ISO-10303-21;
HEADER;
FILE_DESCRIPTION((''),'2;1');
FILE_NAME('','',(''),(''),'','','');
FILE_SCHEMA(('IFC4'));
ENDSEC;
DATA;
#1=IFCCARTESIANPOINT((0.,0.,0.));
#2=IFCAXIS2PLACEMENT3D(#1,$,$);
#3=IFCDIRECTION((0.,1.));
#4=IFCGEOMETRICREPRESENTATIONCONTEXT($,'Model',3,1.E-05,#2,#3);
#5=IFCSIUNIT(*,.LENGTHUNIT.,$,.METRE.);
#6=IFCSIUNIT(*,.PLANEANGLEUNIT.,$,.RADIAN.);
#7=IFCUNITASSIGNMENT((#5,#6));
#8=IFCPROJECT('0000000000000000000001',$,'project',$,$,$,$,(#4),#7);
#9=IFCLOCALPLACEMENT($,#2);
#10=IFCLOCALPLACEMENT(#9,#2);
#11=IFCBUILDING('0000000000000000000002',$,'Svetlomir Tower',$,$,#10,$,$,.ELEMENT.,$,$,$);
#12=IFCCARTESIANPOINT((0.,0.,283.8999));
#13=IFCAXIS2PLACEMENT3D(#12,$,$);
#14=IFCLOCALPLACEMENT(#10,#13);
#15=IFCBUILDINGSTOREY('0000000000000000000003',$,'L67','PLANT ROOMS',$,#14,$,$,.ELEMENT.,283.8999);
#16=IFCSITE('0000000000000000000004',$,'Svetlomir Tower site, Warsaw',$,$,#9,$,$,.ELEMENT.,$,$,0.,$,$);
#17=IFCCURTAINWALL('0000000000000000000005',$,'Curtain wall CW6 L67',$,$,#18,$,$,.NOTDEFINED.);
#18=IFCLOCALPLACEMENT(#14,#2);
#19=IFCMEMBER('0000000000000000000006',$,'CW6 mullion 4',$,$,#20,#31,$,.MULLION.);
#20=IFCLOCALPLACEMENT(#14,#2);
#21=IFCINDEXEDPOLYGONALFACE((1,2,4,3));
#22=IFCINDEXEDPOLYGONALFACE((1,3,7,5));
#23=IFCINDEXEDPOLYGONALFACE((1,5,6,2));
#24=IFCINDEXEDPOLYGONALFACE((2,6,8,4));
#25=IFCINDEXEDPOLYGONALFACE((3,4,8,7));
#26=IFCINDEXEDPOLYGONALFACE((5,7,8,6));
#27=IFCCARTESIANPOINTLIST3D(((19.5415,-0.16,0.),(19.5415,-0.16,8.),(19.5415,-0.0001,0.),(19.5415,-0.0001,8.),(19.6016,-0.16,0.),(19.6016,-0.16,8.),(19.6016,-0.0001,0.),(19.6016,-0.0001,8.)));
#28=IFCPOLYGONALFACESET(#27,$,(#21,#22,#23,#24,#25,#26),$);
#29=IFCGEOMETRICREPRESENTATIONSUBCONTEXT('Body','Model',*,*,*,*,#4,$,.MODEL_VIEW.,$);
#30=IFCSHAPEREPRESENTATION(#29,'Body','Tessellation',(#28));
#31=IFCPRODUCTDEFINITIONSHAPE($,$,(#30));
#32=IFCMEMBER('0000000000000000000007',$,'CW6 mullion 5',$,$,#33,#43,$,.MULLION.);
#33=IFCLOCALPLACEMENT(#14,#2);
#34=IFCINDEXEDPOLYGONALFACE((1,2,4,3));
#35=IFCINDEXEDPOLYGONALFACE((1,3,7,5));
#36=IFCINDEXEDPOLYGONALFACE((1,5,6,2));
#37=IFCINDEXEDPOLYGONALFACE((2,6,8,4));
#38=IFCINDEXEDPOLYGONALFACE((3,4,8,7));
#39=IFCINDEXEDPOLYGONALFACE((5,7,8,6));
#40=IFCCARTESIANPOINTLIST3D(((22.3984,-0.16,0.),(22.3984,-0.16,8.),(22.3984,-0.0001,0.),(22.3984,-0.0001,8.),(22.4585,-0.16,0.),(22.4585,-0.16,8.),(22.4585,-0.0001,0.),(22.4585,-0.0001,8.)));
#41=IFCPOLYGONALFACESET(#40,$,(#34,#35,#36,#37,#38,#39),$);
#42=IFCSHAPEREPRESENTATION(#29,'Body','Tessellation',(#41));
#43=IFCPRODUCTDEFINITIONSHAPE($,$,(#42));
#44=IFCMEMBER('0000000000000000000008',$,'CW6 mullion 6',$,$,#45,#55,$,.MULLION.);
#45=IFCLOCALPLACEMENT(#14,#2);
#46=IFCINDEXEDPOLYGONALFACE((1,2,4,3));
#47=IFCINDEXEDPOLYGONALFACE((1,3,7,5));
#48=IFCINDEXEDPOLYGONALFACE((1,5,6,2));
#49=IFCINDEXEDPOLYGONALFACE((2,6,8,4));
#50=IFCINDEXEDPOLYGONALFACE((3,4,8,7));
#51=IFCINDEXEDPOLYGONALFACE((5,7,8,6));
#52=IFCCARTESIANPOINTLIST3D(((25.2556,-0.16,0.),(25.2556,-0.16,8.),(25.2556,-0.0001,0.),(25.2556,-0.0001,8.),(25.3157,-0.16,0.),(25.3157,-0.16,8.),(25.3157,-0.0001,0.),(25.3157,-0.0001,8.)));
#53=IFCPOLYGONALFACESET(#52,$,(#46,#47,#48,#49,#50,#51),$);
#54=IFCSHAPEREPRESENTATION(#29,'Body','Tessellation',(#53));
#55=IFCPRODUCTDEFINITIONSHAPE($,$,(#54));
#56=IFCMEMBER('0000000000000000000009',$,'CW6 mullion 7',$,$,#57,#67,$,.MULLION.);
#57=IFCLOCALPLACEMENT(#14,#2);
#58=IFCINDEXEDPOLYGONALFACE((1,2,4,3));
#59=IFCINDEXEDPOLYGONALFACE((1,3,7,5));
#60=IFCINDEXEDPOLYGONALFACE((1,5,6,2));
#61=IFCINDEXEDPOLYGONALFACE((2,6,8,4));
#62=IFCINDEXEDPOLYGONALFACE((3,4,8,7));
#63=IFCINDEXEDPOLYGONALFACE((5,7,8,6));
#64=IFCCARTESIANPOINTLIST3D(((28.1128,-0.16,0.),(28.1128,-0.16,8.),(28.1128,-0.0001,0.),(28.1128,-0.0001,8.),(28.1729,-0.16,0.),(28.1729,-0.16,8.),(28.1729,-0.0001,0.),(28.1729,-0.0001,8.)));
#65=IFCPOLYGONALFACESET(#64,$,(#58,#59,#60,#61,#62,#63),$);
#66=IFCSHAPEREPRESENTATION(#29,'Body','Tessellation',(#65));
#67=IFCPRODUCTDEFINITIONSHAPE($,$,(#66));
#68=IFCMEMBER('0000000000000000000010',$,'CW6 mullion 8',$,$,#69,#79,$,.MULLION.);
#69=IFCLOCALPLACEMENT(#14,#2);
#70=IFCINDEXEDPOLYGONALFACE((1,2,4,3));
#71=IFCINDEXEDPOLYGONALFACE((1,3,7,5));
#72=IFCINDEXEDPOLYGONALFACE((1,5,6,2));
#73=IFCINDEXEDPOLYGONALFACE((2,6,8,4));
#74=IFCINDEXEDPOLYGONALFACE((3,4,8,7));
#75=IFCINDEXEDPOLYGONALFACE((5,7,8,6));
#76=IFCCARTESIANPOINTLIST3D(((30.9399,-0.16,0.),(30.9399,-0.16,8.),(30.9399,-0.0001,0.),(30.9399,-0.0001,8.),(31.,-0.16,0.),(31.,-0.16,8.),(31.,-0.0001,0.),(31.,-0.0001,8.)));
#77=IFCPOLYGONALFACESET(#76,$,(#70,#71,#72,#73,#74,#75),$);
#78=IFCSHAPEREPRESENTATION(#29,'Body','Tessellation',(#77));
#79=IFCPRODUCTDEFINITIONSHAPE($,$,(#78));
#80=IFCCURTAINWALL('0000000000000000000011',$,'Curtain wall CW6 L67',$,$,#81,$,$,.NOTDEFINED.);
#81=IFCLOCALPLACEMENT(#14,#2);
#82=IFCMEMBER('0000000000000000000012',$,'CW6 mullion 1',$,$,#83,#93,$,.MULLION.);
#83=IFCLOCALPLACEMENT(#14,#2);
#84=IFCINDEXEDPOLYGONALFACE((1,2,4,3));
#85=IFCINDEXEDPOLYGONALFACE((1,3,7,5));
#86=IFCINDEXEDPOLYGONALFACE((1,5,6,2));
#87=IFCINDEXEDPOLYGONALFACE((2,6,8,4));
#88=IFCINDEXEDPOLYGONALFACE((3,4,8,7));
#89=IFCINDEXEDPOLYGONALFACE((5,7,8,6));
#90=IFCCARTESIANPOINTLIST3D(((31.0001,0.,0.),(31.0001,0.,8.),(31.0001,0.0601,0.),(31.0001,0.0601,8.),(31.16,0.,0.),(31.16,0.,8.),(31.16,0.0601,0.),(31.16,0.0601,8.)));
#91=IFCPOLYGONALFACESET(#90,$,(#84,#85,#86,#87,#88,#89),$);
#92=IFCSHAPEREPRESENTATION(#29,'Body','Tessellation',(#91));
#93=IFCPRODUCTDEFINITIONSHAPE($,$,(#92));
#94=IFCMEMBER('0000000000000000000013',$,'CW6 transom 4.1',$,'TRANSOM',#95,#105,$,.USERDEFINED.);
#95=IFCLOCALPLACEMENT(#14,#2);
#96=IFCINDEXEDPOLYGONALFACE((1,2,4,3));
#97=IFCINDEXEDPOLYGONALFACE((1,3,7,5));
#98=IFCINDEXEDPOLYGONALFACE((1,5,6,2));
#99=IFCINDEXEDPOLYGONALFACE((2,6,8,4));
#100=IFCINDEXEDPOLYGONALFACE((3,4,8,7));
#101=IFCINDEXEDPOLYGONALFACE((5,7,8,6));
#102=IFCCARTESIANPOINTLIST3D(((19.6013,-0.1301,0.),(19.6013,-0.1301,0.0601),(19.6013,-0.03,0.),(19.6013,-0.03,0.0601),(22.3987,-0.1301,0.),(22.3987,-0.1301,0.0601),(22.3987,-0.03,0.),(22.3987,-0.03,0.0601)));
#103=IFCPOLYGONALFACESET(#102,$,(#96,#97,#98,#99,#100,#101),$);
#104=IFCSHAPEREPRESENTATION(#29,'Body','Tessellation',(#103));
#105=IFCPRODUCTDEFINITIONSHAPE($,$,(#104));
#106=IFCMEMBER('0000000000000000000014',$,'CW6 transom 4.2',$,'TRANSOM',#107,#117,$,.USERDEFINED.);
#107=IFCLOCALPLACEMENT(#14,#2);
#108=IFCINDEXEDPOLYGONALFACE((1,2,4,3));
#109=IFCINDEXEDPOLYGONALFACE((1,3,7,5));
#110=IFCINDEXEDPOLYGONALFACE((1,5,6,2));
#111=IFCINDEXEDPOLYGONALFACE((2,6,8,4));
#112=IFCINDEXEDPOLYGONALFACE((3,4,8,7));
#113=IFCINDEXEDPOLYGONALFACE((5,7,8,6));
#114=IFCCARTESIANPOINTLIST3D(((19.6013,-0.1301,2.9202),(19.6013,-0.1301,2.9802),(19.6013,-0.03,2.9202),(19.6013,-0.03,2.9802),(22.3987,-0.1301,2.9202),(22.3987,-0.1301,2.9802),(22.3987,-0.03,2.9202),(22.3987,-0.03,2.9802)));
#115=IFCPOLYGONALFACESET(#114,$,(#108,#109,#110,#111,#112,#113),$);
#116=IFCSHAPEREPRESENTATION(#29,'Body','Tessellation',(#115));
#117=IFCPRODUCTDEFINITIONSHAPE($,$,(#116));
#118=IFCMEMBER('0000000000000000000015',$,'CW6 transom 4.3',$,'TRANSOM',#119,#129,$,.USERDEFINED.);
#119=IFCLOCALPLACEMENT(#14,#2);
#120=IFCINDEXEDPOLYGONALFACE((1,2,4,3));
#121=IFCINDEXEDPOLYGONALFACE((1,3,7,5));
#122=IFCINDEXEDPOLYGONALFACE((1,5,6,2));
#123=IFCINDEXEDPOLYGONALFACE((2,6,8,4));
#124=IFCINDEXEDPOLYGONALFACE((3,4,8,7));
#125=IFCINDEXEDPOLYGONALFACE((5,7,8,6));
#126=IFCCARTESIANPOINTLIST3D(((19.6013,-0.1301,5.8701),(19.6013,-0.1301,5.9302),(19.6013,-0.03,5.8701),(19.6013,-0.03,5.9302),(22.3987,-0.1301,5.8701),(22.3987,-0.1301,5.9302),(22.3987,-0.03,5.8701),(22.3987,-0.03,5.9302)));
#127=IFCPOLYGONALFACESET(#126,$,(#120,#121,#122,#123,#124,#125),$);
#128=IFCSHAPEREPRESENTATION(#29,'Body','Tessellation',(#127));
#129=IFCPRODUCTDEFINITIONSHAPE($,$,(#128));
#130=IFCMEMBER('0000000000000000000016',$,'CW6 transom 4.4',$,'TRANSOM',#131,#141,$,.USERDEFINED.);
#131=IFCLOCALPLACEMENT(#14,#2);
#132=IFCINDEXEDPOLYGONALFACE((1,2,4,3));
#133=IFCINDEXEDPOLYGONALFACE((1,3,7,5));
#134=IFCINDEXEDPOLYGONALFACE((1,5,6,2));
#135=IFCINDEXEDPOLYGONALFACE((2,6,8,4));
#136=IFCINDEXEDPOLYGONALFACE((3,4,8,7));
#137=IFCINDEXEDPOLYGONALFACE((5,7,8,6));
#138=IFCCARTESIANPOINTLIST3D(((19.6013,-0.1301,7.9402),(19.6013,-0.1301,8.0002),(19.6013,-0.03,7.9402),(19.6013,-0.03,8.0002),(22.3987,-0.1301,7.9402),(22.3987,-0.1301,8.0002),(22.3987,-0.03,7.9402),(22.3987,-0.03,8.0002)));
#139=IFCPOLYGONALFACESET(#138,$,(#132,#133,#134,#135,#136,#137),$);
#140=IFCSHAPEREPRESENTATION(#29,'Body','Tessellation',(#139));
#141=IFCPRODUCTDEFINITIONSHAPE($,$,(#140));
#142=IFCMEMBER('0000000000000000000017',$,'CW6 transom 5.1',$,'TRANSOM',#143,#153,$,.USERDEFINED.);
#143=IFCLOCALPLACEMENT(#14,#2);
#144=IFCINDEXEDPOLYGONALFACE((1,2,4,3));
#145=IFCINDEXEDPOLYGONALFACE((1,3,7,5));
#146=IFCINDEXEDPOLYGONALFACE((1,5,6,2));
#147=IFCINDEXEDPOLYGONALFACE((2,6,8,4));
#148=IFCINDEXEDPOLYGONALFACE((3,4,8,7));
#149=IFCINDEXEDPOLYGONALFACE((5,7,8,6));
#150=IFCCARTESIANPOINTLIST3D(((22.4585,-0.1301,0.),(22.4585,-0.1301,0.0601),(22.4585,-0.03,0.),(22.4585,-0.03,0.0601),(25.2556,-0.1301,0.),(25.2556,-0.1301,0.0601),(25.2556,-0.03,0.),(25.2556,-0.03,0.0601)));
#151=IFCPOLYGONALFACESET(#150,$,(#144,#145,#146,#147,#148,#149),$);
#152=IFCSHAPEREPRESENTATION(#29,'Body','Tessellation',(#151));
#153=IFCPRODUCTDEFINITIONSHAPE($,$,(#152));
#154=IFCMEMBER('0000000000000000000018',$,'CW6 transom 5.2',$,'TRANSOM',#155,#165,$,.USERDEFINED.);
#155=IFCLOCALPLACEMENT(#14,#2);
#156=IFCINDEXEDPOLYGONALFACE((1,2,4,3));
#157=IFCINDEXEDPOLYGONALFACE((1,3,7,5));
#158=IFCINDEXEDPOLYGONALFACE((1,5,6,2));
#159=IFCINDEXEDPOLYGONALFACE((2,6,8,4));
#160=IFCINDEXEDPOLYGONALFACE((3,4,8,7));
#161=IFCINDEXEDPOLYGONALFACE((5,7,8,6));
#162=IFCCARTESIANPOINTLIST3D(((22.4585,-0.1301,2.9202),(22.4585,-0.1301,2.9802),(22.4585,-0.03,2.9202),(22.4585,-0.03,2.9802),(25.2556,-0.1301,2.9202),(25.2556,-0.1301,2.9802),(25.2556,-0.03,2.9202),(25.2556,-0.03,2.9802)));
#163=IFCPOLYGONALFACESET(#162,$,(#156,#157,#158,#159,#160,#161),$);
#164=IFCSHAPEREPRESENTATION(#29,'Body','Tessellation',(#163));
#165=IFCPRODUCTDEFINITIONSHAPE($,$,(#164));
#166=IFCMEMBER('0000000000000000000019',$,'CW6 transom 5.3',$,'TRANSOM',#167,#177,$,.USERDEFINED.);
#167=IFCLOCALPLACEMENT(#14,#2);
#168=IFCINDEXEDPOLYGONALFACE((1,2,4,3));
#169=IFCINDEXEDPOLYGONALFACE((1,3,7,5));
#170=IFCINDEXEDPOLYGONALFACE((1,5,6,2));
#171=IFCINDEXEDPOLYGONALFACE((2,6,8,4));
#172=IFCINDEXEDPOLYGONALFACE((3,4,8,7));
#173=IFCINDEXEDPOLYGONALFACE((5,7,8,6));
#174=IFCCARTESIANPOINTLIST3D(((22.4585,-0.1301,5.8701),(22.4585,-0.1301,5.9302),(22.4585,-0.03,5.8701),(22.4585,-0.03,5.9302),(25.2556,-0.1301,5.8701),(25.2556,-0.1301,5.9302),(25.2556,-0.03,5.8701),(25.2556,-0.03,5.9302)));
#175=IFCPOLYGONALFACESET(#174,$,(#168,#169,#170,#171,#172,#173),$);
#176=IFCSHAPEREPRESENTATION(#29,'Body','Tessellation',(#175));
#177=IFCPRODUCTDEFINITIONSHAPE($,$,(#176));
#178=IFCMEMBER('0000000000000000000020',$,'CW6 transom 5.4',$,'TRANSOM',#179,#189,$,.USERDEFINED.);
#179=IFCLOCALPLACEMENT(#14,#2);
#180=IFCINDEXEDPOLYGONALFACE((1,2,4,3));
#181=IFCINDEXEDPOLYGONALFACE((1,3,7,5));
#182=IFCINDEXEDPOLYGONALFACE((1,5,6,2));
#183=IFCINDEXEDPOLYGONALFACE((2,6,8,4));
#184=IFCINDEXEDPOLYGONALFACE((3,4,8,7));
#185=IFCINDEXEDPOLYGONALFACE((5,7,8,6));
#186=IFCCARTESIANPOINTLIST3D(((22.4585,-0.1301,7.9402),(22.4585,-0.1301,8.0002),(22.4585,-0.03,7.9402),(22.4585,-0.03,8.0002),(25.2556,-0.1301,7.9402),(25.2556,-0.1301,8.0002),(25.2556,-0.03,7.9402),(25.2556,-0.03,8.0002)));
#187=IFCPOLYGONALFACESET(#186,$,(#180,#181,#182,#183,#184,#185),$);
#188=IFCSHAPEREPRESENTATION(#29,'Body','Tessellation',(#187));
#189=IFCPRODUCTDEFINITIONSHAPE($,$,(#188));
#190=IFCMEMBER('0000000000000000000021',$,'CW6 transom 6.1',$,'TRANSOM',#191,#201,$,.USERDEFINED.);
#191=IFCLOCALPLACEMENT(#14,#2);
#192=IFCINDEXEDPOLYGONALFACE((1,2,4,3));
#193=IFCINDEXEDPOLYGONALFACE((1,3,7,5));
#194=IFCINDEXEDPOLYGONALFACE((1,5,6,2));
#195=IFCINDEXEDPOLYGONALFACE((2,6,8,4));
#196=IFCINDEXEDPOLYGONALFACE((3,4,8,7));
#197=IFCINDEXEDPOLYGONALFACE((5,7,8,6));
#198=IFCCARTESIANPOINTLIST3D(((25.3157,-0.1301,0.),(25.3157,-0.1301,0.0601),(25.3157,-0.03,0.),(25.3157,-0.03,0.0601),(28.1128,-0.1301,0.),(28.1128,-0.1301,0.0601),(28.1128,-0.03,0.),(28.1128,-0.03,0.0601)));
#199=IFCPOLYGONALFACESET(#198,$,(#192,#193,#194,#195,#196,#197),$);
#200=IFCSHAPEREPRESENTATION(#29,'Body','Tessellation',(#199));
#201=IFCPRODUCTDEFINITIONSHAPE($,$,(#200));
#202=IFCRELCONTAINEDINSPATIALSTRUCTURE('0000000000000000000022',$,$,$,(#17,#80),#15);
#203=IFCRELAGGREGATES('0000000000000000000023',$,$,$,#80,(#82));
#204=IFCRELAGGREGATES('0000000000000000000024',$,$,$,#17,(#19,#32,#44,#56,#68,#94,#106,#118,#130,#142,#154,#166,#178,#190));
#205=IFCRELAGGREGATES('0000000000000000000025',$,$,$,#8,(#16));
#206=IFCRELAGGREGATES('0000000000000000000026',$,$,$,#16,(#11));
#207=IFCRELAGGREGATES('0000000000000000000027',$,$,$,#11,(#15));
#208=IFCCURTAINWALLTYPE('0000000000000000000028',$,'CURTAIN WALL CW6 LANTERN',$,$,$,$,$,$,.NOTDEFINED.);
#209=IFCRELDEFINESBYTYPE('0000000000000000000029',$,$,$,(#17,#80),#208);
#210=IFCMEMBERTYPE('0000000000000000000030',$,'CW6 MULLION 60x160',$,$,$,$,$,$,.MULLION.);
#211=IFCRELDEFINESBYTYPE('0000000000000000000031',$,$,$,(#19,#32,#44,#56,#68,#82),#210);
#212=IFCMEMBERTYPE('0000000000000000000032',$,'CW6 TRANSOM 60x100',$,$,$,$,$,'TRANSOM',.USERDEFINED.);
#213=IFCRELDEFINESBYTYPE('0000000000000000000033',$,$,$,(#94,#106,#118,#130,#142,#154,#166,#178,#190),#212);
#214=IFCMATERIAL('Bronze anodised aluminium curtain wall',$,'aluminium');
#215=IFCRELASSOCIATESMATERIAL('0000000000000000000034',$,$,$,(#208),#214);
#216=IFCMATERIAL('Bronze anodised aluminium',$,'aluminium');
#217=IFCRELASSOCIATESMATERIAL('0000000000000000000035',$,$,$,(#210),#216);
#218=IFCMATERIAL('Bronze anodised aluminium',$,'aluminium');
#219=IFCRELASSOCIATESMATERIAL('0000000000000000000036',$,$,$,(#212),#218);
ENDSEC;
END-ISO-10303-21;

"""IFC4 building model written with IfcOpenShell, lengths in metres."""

from ifc_helpers import new_model, si_unit, direction, frame, origin, origin_2d, place, context, subcontext, project, spatial, rectangle, extrude, material, material_profile, profile_set, type_object, element, aggregate, save


model = new_model("IFC4")

# Units and contexts
model_context = context("Model", 3, precision=1e-05, world=origin(), true_north=direction((0.0, 1.0)))
body_context = subcontext(model_context, "Body", "Model", "MODEL_VIEW")
ifc_project = project(units=[si_unit("LENGTHUNIT", "METRE"), si_unit("PLANEANGLEUNIT", "RADIAN")], contexts=[model_context])

# Site, building, storey
site_placement = place(None, origin())
site = spatial("IfcSite", under=ifc_project, at=site_placement, Name="Svetlomir Tower site, Warsaw", CompositionType="ELEMENT", RefElevation=0.0)
building_placement = place(site_placement, origin())
building = spatial("IfcBuilding", under=site, at=building_placement, Name="Svetlomir Tower", CompositionType="ELEMENT")
storey_placement = place(building_placement, frame((0.0, 0.0, 283.8999)))
storey = spatial("IfcBuildingStorey", under=building, at=storey_placement, Name="L67", Description="PLANT ROOMS", CompositionType="ELEMENT", Elevation=283.8999)

# Curtain wall, members
ifc_material_1 = material(Name="Bronze anodised aluminium curtain wall", Category="aluminium")
curtain_wall_type = type_object("IfcCurtainWallType", Name="CURTAIN WALL CW6 LANTERN", PredefinedType="NOTDEFINED", material=ifc_material_1)
curtain_wall_1_placement = place(storey_placement, origin())
curtain_wall_1 = element("IfcCurtainWall", 1, at=curtain_wall_1_placement, inside=storey, type_object=curtain_wall_type, Name="Curtain wall CW6 L67", PredefinedType="NOTDEFINED")
ifc_material_2 = material(Name="Bronze anodised aluminium", Category="aluminium")
ifc_material_profile_1 = material_profile(ifc_material_2, rectangle(XDim=0.0601, YDim=0.1599, at=origin_2d()), Name="AL 60x160")
ifc_profile_set_1 = profile_set([ifc_material_profile_1], Name="Bronze anodised aluminium 6063-T6")
member_type_1 = type_object("IfcMemberType", Name="CW6 MULLION 60x160", PredefinedType="MULLION", material=ifc_profile_set_1)
member_1_placement = place(storey_placement, frame((19.5715, -0.0801, 0.0), z_axis=(0.0, 0.0, 1.0), x_axis=(1.0, 0.0, 0.0)))
member_1 = element("IfcMember", 2, at=member_1_placement, type_object=member_type_1, Name="CW6 mullion 4", PredefinedType="MULLION", context=body_context, shape_type="SweptSolid", body=[
    extrude(rectangle(XDim=0.0601, YDim=0.1599, at=origin_2d()), origin(), (0.0, 0.0, 1.0), 8.0),
])
member_2_placement = place(storey_placement, frame((22.4285, -0.0801, 0.0), z_axis=(0.0, 0.0, 1.0), x_axis=(1.0, 0.0, 0.0)))
member_2 = element("IfcMember", 3, at=member_2_placement, type_object=member_type_1, Name="CW6 mullion 5", PredefinedType="MULLION", context=body_context, shape_type="SweptSolid", body=[
    extrude(rectangle(XDim=0.0601, YDim=0.1599, at=origin_2d()), origin(), (0.0, 0.0, 1.0), 8.0),
])
member_3_placement = place(storey_placement, frame((25.2856, -0.0801, 0.0), z_axis=(0.0, 0.0, 1.0), x_axis=(1.0, 0.0, 0.0)))
member_3 = element("IfcMember", 4, at=member_3_placement, type_object=member_type_1, Name="CW6 mullion 6", PredefinedType="MULLION", context=body_context, shape_type="SweptSolid", body=[
    extrude(rectangle(XDim=0.0601, YDim=0.1599, at=origin_2d()), origin(), (0.0, 0.0, 1.0), 8.0),
])
member_4_placement = place(storey_placement, frame((28.1428, -0.0801, 0.0), z_axis=(0.0, 0.0, 1.0), x_axis=(1.0, 0.0, 0.0)))
member_4 = element("IfcMember", 5, at=member_4_placement, type_object=member_type_1, Name="CW6 mullion 7", PredefinedType="MULLION", context=body_context, shape_type="SweptSolid", body=[
    extrude(rectangle(XDim=0.0601, YDim=0.1599, at=origin_2d()), origin(), (0.0, 0.0, 1.0), 8.0),
])
member_5_placement = place(storey_placement, frame((30.97, -0.0801, 0.0), z_axis=(0.0, 0.0, 1.0), x_axis=(1.0, 0.0, 0.0)))
member_5 = element("IfcMember", 6, at=member_5_placement, type_object=member_type_1, Name="CW6 mullion 8", PredefinedType="MULLION", context=body_context, shape_type="SweptSolid", body=[
    extrude(rectangle(XDim=0.0601, YDim=0.1599, at=origin_2d()), origin(), (0.0, 0.0, 1.0), 8.0),
])

# Curtain wall, member
curtain_wall_2_placement = place(storey_placement, origin())
curtain_wall_2 = element("IfcCurtainWall", 7, at=curtain_wall_2_placement, inside=storey, type_object=curtain_wall_type, Name="Curtain wall CW6 L67", PredefinedType="NOTDEFINED")
member_6_placement = place(storey_placement, frame((31.0801, 0.03, 0.0), z_axis=(0.0, 0.0, 1.0), x_axis=(0.0, 1.0, 0.0)))
member_6 = element("IfcMember", 8, at=member_6_placement, type_object=member_type_1, Name="CW6 mullion 1", PredefinedType="MULLION", context=body_context, shape_type="SweptSolid", body=[
    extrude(rectangle(XDim=0.0601, YDim=0.1599, at=origin_2d()), origin(), (0.0, 0.0, 1.0), 8.0),
])

# Members
ifc_material_3 = material(Name="Bronze anodised aluminium", Category="aluminium")
ifc_material_profile_2 = material_profile(ifc_material_3, rectangle(XDim=0.1001, YDim=0.0601, at=origin_2d()), Name="AL 100x60")
ifc_profile_set_2 = profile_set([ifc_material_profile_2], Name="Bronze anodised aluminium 6063-T6")
member_type_2 = type_object("IfcMemberType", Name="CW6 TRANSOM 60x100", ElementType="TRANSOM", PredefinedType="USERDEFINED", material=ifc_profile_set_2)
member_7_placement = place(storey_placement, frame((19.6013, -0.0801, 0.03), z_axis=(1.0, 0.0, 0.0), x_axis=(0.0, 1.0, 0.0)))
member_7 = element("IfcMember", 9, at=member_7_placement, type_object=member_type_2, Name="CW6 transom 4.1", ObjectType="TRANSOM", PredefinedType="USERDEFINED", context=body_context, shape_type="SweptSolid", body=[
    extrude(rectangle(XDim=0.1001, YDim=0.0601, at=origin_2d()), origin(), (0.0, 0.0, 1.0), 2.7974),
])
member_8_placement = place(storey_placement, frame((19.6013, -0.0801, 2.9502), z_axis=(1.0, 0.0, 0.0), x_axis=(0.0, 1.0, 0.0)))
member_8 = element("IfcMember", 10, at=member_8_placement, type_object=member_type_2, Name="CW6 transom 4.2", ObjectType="TRANSOM", PredefinedType="USERDEFINED", context=body_context, shape_type="SweptSolid", body=[
    extrude(rectangle(XDim=0.1001, YDim=0.0601, at=origin_2d()), origin(), (0.0, 0.0, 1.0), 2.7974),
])
member_9_placement = place(storey_placement, frame((19.6013, -0.0801, 5.9001), z_axis=(1.0, 0.0, 0.0), x_axis=(0.0, 1.0, 0.0)))
member_9 = element("IfcMember", 11, at=member_9_placement, type_object=member_type_2, Name="CW6 transom 4.3", ObjectType="TRANSOM", PredefinedType="USERDEFINED", context=body_context, shape_type="SweptSolid", body=[
    extrude(rectangle(XDim=0.1001, YDim=0.0601, at=origin_2d()), origin(), (0.0, 0.0, 1.0), 2.7974),
])
member_10_placement = place(storey_placement, frame((19.6013, -0.0801, 7.9702), z_axis=(1.0, 0.0, 0.0), x_axis=(0.0, 1.0, 0.0)))
member_10 = element("IfcMember", 12, at=member_10_placement, type_object=member_type_2, Name="CW6 transom 4.4", ObjectType="TRANSOM", PredefinedType="USERDEFINED", context=body_context, shape_type="SweptSolid", body=[
    extrude(rectangle(XDim=0.1001, YDim=0.0601, at=origin_2d()), origin(), (0.0, 0.0, 1.0), 2.7974),
])
member_11_placement = place(storey_placement, frame((22.4585, -0.0801, 0.03), z_axis=(1.0, 0.0, 0.0), x_axis=(0.0, 1.0, 0.0)))
member_11 = element("IfcMember", 13, at=member_11_placement, type_object=member_type_2, Name="CW6 transom 5.1", ObjectType="TRANSOM", PredefinedType="USERDEFINED", context=body_context, shape_type="SweptSolid", body=[
    extrude(rectangle(XDim=0.1001, YDim=0.0601, at=origin_2d()), origin(), (0.0, 0.0, 1.0), 2.7971),
])
member_12_placement = place(storey_placement, frame((22.4585, -0.0801, 2.9502), z_axis=(1.0, 0.0, 0.0), x_axis=(0.0, 1.0, 0.0)))
member_12 = element("IfcMember", 14, at=member_12_placement, type_object=member_type_2, Name="CW6 transom 5.2", ObjectType="TRANSOM", PredefinedType="USERDEFINED", context=body_context, shape_type="SweptSolid", body=[
    extrude(rectangle(XDim=0.1001, YDim=0.0601, at=origin_2d()), origin(), (0.0, 0.0, 1.0), 2.7971),
])
member_13_placement = place(storey_placement, frame((22.4585, -0.0801, 5.9001), z_axis=(1.0, 0.0, 0.0), x_axis=(0.0, 1.0, 0.0)))
member_13 = element("IfcMember", 15, at=member_13_placement, type_object=member_type_2, Name="CW6 transom 5.3", ObjectType="TRANSOM", PredefinedType="USERDEFINED", context=body_context, shape_type="SweptSolid", body=[
    extrude(rectangle(XDim=0.1001, YDim=0.0601, at=origin_2d()), origin(), (0.0, 0.0, 1.0), 2.7971),
])
member_14_placement = place(storey_placement, frame((22.4585, -0.0801, 7.9702), z_axis=(1.0, 0.0, 0.0), x_axis=(0.0, 1.0, 0.0)))
member_14 = element("IfcMember", 16, at=member_14_placement, type_object=member_type_2, Name="CW6 transom 5.4", ObjectType="TRANSOM", PredefinedType="USERDEFINED", context=body_context, shape_type="SweptSolid", body=[
    extrude(rectangle(XDim=0.1001, YDim=0.0601, at=origin_2d()), origin(), (0.0, 0.0, 1.0), 2.7971),
])
member_15_placement = place(storey_placement, frame((25.3157, -0.0801, 0.03), z_axis=(1.0, 0.0, 0.0), x_axis=(0.0, 1.0, 0.0)))
member_15 = element("IfcMember", 17, at=member_15_placement, type_object=member_type_2, Name="CW6 transom 6.1", ObjectType="TRANSOM", PredefinedType="USERDEFINED", context=body_context, shape_type="SweptSolid", body=[
    extrude(rectangle(XDim=0.1001, YDim=0.0601, at=origin_2d()), origin(), (0.0, 0.0, 1.0), 2.7971),
])
aggregate(curtain_wall_2, [member_6])

aggregate(curtain_wall_1, [member_1, member_2, member_3, member_4, member_5, member_7, member_8, member_9, member_10, member_11, member_12, member_13, member_14, member_15])

save(model, "model.ifc")
